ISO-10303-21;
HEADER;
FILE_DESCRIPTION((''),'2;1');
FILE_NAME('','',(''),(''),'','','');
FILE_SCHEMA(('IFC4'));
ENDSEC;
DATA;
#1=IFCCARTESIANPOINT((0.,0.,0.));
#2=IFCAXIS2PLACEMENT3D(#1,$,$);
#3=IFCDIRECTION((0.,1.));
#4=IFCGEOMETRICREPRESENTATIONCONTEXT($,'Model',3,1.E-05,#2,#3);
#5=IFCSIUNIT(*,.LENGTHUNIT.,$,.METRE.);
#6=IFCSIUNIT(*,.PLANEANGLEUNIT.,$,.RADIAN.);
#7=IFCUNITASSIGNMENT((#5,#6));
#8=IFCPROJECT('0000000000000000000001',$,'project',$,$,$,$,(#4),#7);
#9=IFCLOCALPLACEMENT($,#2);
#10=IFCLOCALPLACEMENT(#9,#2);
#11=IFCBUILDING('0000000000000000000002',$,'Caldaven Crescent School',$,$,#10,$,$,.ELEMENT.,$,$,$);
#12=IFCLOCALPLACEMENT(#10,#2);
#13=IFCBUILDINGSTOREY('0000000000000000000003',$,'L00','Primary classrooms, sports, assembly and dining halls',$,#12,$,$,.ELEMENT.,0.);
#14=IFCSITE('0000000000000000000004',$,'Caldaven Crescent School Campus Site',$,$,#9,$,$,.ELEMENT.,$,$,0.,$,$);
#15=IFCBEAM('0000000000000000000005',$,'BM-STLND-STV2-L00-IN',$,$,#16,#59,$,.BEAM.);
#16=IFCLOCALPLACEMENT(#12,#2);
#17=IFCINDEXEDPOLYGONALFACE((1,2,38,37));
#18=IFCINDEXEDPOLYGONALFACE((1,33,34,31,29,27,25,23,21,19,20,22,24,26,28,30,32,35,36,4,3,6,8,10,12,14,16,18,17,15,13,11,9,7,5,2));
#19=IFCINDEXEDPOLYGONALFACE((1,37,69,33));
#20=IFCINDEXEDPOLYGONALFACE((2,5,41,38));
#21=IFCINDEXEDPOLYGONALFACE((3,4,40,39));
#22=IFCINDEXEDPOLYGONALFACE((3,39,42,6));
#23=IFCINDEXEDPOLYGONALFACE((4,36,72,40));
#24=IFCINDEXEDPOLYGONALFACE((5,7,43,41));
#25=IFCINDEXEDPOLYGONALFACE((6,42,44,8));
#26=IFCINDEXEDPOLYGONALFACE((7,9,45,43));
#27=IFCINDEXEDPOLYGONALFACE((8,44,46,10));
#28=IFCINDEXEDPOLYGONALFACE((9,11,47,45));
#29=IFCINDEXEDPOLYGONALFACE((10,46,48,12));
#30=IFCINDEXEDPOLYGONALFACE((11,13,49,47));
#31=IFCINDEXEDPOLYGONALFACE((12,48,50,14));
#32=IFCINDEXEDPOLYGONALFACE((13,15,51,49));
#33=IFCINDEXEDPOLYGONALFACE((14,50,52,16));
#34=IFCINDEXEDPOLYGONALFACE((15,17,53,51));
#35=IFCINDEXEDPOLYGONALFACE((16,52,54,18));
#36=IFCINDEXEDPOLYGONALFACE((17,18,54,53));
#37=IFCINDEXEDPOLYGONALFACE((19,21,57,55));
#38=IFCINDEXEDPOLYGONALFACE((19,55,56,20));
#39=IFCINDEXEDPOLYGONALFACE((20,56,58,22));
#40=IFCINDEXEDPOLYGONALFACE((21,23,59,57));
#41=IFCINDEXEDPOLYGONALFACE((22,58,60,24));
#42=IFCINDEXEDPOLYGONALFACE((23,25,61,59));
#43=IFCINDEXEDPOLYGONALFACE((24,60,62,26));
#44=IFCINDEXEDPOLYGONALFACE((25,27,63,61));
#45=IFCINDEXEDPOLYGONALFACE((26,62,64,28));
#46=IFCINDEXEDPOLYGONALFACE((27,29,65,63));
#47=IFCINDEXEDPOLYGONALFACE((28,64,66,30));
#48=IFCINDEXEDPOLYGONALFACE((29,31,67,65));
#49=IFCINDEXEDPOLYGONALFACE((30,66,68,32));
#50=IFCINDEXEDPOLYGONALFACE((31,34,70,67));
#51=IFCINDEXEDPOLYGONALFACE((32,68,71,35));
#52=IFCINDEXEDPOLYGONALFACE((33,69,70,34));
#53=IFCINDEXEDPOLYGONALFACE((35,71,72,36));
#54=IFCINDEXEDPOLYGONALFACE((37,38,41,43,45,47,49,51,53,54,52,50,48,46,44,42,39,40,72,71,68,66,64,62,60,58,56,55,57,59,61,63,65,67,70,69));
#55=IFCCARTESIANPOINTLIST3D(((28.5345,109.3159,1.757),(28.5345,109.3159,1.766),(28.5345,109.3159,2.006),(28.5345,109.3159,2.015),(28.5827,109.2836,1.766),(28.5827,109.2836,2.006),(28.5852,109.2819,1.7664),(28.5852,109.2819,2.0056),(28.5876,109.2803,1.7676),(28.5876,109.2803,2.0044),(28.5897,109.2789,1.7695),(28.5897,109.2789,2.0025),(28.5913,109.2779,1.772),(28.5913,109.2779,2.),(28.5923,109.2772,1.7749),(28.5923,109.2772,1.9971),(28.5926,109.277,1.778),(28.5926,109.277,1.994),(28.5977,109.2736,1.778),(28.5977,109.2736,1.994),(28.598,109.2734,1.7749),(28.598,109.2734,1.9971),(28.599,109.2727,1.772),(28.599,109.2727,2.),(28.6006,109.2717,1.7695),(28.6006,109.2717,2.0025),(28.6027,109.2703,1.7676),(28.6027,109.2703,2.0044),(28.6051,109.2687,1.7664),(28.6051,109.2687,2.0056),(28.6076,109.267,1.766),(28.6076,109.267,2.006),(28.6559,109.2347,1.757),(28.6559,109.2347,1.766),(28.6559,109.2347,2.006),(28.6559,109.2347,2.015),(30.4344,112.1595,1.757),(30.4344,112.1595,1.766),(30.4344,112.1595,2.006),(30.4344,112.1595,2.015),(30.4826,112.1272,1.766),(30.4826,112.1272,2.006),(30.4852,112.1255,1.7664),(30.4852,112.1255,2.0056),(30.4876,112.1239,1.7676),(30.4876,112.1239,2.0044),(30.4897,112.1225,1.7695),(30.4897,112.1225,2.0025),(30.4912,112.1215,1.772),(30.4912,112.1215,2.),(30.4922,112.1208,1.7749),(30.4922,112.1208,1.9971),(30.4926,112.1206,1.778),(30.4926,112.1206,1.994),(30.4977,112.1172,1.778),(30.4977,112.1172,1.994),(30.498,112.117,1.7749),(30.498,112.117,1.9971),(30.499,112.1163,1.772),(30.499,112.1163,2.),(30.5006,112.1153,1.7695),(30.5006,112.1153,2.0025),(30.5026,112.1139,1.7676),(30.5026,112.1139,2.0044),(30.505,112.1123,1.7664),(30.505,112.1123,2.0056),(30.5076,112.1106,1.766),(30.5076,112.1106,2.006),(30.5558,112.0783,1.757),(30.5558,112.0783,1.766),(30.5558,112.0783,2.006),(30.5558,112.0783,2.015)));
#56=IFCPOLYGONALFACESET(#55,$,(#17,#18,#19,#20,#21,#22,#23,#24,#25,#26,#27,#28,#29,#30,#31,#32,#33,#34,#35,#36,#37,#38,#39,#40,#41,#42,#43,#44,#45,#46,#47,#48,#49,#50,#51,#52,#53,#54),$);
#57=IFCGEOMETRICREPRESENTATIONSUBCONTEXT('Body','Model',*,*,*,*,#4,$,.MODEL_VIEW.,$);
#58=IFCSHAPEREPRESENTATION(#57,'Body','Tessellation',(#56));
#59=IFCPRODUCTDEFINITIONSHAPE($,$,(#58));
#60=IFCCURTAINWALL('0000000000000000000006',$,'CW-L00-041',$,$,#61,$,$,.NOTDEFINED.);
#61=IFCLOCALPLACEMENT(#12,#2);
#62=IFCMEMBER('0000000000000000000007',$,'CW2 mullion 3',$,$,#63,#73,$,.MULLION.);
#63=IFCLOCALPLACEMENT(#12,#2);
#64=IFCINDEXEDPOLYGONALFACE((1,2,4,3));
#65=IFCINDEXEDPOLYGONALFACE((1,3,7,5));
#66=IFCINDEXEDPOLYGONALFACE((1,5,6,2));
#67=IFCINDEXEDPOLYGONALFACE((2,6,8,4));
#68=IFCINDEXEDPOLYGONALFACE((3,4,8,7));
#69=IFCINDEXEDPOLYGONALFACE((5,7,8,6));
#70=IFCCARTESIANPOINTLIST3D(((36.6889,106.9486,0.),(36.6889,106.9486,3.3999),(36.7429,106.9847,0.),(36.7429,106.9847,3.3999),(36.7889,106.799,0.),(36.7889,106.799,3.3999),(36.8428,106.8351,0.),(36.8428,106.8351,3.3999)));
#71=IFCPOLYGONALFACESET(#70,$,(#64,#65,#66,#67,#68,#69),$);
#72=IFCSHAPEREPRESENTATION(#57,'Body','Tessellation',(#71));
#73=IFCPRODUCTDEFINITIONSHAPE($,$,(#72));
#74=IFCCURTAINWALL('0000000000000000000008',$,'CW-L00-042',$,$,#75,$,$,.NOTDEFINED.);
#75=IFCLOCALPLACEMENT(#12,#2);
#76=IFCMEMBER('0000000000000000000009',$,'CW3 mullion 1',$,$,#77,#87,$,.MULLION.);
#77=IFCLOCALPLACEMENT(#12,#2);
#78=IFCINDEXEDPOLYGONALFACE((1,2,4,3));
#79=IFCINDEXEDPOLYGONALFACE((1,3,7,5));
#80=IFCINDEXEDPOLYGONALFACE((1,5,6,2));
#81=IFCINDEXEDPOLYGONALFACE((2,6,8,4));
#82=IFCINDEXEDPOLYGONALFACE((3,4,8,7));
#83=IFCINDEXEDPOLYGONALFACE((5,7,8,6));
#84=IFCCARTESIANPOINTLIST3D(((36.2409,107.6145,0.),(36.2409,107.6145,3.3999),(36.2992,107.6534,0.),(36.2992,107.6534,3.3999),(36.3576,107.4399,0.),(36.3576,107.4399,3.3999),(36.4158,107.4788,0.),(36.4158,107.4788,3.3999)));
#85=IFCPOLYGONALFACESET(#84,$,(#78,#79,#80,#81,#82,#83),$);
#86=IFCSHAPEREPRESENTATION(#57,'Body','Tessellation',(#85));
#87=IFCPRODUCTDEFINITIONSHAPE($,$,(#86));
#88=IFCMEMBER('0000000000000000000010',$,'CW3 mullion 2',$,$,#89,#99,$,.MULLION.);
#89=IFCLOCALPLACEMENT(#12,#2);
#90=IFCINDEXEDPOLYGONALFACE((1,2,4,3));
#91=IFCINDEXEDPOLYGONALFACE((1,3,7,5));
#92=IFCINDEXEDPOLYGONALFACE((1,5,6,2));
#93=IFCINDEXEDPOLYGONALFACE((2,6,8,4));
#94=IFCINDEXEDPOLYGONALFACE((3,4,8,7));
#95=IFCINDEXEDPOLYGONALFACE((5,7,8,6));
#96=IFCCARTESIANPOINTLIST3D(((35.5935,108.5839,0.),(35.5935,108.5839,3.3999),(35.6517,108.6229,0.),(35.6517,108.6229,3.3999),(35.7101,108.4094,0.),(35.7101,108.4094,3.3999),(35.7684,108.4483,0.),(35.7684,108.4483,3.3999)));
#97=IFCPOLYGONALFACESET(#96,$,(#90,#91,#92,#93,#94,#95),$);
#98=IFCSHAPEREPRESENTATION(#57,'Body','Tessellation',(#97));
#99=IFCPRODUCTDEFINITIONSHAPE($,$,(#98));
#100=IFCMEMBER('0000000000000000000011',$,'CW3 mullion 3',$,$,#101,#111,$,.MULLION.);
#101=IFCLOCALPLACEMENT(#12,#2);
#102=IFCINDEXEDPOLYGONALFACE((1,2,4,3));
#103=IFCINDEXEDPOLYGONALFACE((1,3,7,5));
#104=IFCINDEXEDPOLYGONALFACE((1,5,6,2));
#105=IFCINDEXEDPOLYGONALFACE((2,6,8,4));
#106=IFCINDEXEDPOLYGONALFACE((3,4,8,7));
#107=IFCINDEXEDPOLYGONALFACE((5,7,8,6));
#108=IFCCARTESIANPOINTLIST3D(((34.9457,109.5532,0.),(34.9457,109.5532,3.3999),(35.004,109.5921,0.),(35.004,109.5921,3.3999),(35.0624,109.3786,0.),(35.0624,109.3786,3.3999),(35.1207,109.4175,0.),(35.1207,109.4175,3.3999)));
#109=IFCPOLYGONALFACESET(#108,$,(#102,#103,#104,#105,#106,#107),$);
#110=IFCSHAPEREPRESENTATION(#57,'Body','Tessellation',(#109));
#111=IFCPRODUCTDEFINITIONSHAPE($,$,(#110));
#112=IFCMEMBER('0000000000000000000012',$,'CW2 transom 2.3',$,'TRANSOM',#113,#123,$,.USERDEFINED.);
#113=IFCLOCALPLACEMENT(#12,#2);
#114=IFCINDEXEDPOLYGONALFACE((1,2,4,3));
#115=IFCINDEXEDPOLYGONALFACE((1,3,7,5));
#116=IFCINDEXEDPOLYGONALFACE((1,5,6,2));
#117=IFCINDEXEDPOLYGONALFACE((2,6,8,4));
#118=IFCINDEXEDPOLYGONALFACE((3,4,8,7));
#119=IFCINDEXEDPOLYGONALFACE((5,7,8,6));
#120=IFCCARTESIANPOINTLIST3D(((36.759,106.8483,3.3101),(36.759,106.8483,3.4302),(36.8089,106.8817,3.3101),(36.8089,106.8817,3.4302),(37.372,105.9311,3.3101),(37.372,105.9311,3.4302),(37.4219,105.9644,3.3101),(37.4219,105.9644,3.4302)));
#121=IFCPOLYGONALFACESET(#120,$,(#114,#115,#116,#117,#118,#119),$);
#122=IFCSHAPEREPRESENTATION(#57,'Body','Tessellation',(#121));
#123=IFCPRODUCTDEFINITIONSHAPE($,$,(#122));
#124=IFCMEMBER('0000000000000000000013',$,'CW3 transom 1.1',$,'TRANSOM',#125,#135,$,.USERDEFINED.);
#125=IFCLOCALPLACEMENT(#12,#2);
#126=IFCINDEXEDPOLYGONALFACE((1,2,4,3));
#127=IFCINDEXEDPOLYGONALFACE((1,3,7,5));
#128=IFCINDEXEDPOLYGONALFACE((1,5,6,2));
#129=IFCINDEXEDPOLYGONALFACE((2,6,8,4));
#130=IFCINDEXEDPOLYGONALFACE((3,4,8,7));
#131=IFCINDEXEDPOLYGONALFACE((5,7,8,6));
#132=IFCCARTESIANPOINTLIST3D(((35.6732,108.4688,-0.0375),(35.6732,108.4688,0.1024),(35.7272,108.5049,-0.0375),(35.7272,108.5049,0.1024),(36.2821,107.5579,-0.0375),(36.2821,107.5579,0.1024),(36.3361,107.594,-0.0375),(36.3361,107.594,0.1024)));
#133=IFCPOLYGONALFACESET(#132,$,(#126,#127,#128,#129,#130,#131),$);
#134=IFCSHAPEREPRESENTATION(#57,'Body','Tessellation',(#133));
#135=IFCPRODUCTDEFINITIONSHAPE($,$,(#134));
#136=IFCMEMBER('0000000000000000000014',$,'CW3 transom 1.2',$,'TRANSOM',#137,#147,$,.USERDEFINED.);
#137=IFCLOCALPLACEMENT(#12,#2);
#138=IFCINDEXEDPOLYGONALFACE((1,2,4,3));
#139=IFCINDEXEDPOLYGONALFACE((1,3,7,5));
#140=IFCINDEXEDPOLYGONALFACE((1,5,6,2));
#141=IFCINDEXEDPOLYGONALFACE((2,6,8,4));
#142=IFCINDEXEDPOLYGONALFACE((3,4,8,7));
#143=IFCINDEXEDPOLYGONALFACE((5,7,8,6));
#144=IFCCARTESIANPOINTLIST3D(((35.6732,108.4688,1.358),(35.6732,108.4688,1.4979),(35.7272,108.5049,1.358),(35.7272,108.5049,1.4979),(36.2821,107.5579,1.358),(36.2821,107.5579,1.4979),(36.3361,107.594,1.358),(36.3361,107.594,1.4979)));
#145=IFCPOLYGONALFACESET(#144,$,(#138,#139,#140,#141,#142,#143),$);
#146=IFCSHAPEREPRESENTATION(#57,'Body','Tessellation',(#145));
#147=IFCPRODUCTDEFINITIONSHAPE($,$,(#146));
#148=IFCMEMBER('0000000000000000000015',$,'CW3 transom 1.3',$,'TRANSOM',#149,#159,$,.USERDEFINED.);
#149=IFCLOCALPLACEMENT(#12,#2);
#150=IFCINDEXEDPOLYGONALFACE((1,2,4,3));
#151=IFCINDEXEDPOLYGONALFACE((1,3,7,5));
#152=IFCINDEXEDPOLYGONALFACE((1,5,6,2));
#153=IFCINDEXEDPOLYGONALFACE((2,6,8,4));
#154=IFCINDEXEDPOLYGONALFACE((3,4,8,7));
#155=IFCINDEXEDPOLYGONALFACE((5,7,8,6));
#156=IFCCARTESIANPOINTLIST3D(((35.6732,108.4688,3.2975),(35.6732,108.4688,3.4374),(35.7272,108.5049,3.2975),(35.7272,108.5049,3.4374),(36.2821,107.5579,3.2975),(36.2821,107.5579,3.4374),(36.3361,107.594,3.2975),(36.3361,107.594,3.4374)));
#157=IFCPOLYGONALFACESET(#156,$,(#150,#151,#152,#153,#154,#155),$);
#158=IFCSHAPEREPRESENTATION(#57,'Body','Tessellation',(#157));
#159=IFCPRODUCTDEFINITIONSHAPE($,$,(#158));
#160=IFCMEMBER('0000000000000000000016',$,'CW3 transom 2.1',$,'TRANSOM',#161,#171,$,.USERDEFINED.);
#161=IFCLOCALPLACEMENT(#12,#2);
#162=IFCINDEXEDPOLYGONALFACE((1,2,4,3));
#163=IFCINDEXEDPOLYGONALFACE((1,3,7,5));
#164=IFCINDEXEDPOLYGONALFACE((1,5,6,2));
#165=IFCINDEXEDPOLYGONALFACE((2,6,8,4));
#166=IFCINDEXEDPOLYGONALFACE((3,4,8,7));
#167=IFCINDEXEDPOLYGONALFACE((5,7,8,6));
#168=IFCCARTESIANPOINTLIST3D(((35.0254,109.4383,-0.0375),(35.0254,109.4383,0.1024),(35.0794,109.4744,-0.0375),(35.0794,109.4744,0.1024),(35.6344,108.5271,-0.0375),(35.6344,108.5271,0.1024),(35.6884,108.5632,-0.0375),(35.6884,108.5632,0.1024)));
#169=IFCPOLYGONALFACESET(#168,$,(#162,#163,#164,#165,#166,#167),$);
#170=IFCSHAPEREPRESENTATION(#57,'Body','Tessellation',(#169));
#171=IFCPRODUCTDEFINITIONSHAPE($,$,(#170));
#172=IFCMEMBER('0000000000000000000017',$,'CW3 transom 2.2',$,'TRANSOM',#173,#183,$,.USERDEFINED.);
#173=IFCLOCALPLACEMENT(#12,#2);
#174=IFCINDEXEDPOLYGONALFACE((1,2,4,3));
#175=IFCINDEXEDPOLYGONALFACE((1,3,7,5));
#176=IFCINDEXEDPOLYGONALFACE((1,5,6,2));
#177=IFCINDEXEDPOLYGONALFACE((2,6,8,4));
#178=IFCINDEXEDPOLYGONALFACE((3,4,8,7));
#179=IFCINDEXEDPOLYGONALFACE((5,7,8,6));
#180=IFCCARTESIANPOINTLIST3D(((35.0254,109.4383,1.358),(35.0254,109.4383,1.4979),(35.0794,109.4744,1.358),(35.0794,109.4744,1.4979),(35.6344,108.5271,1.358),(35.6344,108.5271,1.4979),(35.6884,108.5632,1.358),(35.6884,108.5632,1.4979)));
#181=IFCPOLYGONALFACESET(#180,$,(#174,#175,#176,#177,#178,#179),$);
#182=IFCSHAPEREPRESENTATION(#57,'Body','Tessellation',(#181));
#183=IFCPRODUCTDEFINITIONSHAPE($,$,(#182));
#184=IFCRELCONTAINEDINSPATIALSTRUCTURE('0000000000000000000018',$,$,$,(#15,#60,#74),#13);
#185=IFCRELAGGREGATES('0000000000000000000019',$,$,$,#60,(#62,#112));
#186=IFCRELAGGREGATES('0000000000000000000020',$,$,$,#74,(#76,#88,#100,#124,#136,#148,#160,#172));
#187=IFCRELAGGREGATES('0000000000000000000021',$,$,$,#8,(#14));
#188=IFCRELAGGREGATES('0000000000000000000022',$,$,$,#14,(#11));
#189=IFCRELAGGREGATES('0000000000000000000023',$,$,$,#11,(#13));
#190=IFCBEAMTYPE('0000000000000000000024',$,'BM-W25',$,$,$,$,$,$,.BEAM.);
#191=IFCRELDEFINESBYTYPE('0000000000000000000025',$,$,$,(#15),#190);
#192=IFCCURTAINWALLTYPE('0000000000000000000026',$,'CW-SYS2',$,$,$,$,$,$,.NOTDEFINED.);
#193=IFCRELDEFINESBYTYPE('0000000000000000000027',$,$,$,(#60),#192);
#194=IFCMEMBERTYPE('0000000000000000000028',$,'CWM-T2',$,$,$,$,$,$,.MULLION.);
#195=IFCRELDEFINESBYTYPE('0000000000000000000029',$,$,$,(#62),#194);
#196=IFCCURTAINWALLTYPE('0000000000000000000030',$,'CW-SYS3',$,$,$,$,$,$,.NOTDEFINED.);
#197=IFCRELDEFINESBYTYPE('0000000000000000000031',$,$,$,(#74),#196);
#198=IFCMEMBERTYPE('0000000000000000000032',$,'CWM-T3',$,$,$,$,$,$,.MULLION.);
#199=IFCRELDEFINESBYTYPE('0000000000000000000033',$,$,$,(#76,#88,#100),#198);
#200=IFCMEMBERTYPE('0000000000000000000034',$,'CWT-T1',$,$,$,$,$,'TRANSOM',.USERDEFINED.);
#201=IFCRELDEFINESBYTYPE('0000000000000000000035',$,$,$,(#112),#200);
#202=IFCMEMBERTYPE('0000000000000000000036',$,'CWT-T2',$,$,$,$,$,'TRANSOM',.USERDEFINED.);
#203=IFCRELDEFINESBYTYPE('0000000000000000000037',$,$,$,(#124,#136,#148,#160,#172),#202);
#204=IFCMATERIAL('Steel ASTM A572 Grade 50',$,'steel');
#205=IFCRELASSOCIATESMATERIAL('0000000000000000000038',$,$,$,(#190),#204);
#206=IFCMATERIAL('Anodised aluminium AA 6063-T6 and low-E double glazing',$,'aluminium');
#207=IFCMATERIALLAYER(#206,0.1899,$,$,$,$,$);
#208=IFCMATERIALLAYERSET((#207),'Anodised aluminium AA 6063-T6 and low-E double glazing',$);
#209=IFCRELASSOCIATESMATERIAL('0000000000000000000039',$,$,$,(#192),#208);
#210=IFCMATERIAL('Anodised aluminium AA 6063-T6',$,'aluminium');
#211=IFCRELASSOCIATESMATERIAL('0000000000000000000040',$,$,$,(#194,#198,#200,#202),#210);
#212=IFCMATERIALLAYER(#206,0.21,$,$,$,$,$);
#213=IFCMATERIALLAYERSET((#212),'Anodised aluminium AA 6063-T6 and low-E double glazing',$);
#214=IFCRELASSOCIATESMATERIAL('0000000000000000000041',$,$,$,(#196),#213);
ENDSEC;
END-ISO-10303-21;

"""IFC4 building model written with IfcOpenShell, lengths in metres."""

from ifc_helpers import new_model, si_unit, direction, frame, origin, origin_2d, place, context, subcontext, project, spatial, rectangle, i_section, extrude, material, layer, layer_set, material_profile, profile_set, type_object, element, aggregate, save


model = new_model("IFC4")

# Units and contexts
model_context = context("Model", 3, precision=1e-05, world=origin(), true_north=direction((0.0, 1.0)))
body_context = subcontext(model_context, "Body", "Model", "MODEL_VIEW")
ifc_project = project(units=[si_unit("LENGTHUNIT", "METRE"), si_unit("PLANEANGLEUNIT", "RADIAN")], contexts=[model_context])

# Site, building, storey
site_placement = place(None, origin())
site = spatial("IfcSite", under=ifc_project, at=site_placement, Name="Caldaven Crescent School Campus Site", CompositionType="ELEMENT", RefElevation=0.0)
building_placement = place(site_placement, origin())
building = spatial("IfcBuilding", under=site, at=building_placement, Name="Caldaven Crescent School", CompositionType="ELEMENT")
storey_placement = place(building_placement, origin())
storey = spatial("IfcBuildingStorey", under=building, at=storey_placement, Name="L00", Description="Primary classrooms, sports, assembly and dining halls", CompositionType="ELEMENT", Elevation=0.0)

# Shared definitions
ifc_material_1 = material(Name="Steel ASTM A572 Grade 50", Category="steel")

# Beam
ifc_material_profile_1 = material_profile(ifc_material_1, i_section(OverallWidth=0.146, OverallDepth=0.2581, WebThickness=0.0061, FlangeThickness=0.009, FilletRadius=0.012, at=origin_2d()), Name="W250x33")
ifc_profile_set_1 = profile_set([ifc_material_profile_1], Name="Steel ASTM A572 Grade 50")
beam_type_1 = type_object("IfcBeamType", Name="BM-W25", PredefinedType="BEAM", material=ifc_profile_set_1)
beam_1_placement = place(storey_placement, frame((30.4951, 112.1189, 1.886), z_axis=(-0.555557, -0.831479, 0.0), x_axis=(0.831479, -0.555557, 0.0)))
element("IfcBeam", 1, at=beam_1_placement, inside=storey, type_object=beam_type_1, Name="BM-STLND-STV2-L00-IN", PredefinedType="BEAM", context=body_context, shape_type="SweptSolid", body=[
    extrude(i_section(OverallWidth=0.146, OverallDepth=0.2581, WebThickness=0.0061, FlangeThickness=0.009, FilletRadius=0.012, at=origin_2d()), origin(), (0.0, 0.0, 1.0), 3.4199),
])

# Curtain wall, member
ifc_material_2 = material(Name="Anodised aluminium AA 6063-T6 and low-E double glazing", Category="aluminium")
ifc_layer_1 = layer(ifc_material_2, 0.1899)
ifc_layer_set_1 = layer_set([ifc_layer_1], Name="Anodised aluminium AA 6063-T6 and low-E double glazing")
curtain_wall_type_1 = type_object("IfcCurtainWallType", Name="CW-SYS2", PredefinedType="NOTDEFINED", material=ifc_layer_set_1)
curtain_wall_1_placement = place(storey_placement, origin())
curtain_wall_1 = element("IfcCurtainWall", 2, at=curtain_wall_1_placement, inside=storey, type_object=curtain_wall_type_1, Name="CW-L00-041", PredefinedType="NOTDEFINED")
ifc_material_3 = material(Name="Anodised aluminium AA 6063-T6", Category="aluminium")
ifc_material_profile_2 = material_profile(ifc_material_3, rectangle(XDim=0.0649, YDim=0.1799, at=origin_2d()), Name="CWM 65x180")
ifc_profile_set_2 = profile_set([ifc_material_profile_2], Name="Anodised aluminium AA 6063-T6")
member_type_1 = type_object("IfcMemberType", Name="CWM-T2", PredefinedType="MULLION", material=ifc_profile_set_2)
member_1_placement = place(storey_placement, frame((36.7659, 106.8918, 0.0), z_axis=(0.0, 0.0, 1.0), x_axis=(-0.83147, -0.55557, 0.0)))
member_1 = element("IfcMember", 3, at=member_1_placement, type_object=member_type_1, Name="CW2 mullion 3", PredefinedType="MULLION", context=body_context, shape_type="SweptSolid", body=[
    extrude(rectangle(XDim=0.0649, YDim=0.1799, at=origin_2d()), origin(), (0.0, 0.0, 1.0), 3.3999),
])

# Curtain wall, members
ifc_layer_2 = layer(ifc_material_2, 0.21)
ifc_layer_set_2 = layer_set([ifc_layer_2], Name="Anodised aluminium AA 6063-T6 and low-E double glazing")
curtain_wall_type_2 = type_object("IfcCurtainWallType", Name="CW-SYS3", PredefinedType="NOTDEFINED", material=ifc_layer_set_2)
curtain_wall_2_placement = place(storey_placement, origin())
curtain_wall_2 = element("IfcCurtainWall", 4, at=curtain_wall_2_placement, inside=storey, type_object=curtain_wall_type_2, Name="CW-L00-042", PredefinedType="NOTDEFINED")
ifc_material_profile_3 = material_profile(ifc_material_3, rectangle(XDim=0.0701, YDim=0.21, at=origin_2d()), Name="CWM 70x210")
ifc_profile_set_3 = profile_set([ifc_material_profile_3], Name="Anodised aluminium AA 6063-T6")
member_type_2 = type_object("IfcMemberType", Name="CWM-T3", PredefinedType="MULLION", material=ifc_profile_set_3)
member_2_placement = place(storey_placement, frame((36.3284, 107.5466, 0.0), z_axis=(0.0, 0.0, 1.0), x_axis=(-0.831468, -0.555572, 0.0)))
member_2 = element("IfcMember", 5, at=member_2_placement, type_object=member_type_2, Name="CW3 mullion 1", PredefinedType="MULLION", context=body_context, shape_type="SweptSolid", body=[
    extrude(rectangle(XDim=0.0701, YDim=0.21, at=origin_2d()), origin(), (0.0, 0.0, 1.0), 3.3999),
])
member_3_placement = place(storey_placement, frame((35.6809, 108.5161, 0.0), z_axis=(0.0, 0.0, 1.0), x_axis=(-0.831468, -0.555572, 0.0)))
member_3 = element("IfcMember", 6, at=member_3_placement, type_object=member_type_2, Name="CW3 mullion 2", PredefinedType="MULLION", context=body_context, shape_type="SweptSolid", body=[
    extrude(rectangle(XDim=0.0701, YDim=0.21, at=origin_2d()), origin(), (0.0, 0.0, 1.0), 3.3999),
])
member_4_placement = place(storey_placement, frame((35.0332, 109.4854, 0.0), z_axis=(0.0, 0.0, 1.0), x_axis=(-0.831468, -0.555572, 0.0)))
member_4 = element("IfcMember", 7, at=member_4_placement, type_object=member_type_2, Name="CW3 mullion 3", PredefinedType="MULLION", context=body_context, shape_type="SweptSolid", body=[
    extrude(rectangle(XDim=0.0701, YDim=0.21, at=origin_2d()), origin(), (0.0, 0.0, 1.0), 3.3999),
])

# Members
ifc_material_profile_4 = material_profile(ifc_material_3, rectangle(XDim=0.0601, YDim=0.1201, at=origin_2d()), Name="CWT 60x120")
ifc_profile_set_4 = profile_set([ifc_material_profile_4], Name="Anodised aluminium AA 6063-T6")
member_type_3 = type_object("IfcMemberType", Name="CWT-T1", ElementType="TRANSOM", PredefinedType="USERDEFINED", material=ifc_profile_set_4)
member_5_placement = place(storey_placement, frame((37.397, 105.9478, 3.3701), z_axis=(-0.55567, 0.831403, 0.0), x_axis=(-0.831403, -0.55567, 0.0)))
member_5 = element("IfcMember", 8, at=member_5_placement, type_object=member_type_3, Name="CW2 transom 2.3", ObjectType="TRANSOM", PredefinedType="USERDEFINED", context=body_context, shape_type="SweptSolid", body=[
    extrude(rectangle(XDim=0.0601, YDim=0.1201, at=origin_2d()), origin(), (0.0, 0.0, 1.0), 1.1033),
])
ifc_material_profile_5 = material_profile(ifc_material_3, rectangle(XDim=0.0649, YDim=0.1399, at=origin_2d()), Name="CWT 65x140")
ifc_profile_set_5 = profile_set([ifc_material_profile_5], Name="Anodised aluminium AA 6063-T6")
member_type_4 = type_object("IfcMemberType", Name="CWT-T2", ElementType="TRANSOM", PredefinedType="USERDEFINED", material=ifc_profile_set_5)
member_6_placement = place(storey_placement, frame((36.3091, 107.5759, 0.0325), z_axis=(-0.555728, 0.831364, 0.0), x_axis=(-0.831364, -0.555728, 0.0)))
member_6 = element("IfcMember", 9, at=member_6_placement, type_object=member_type_4, Name="CW3 transom 1.1", ObjectType="TRANSOM", PredefinedType="USERDEFINED", context=body_context, shape_type="SweptSolid", body=[
    extrude(rectangle(XDim=0.0649, YDim=0.1399, at=origin_2d()), origin(), (0.0, 0.0, 1.0), 1.0957),
])
member_7_placement = place(storey_placement, frame((36.3091, 107.5759, 1.428), z_axis=(-0.555728, 0.831364, 0.0), x_axis=(-0.831364, -0.555728, 0.0)))
member_7 = element("IfcMember", 10, at=member_7_placement, type_object=member_type_4, Name="CW3 transom 1.2", ObjectType="TRANSOM", PredefinedType="USERDEFINED", context=body_context, shape_type="SweptSolid", body=[
    extrude(rectangle(XDim=0.0649, YDim=0.1399, at=origin_2d()), origin(), (0.0, 0.0, 1.0), 1.0957),
])
member_8_placement = place(storey_placement, frame((36.3091, 107.5759, 3.3674), z_axis=(-0.555728, 0.831364, 0.0), x_axis=(-0.831364, -0.555728, 0.0)))
member_8 = element("IfcMember", 11, at=member_8_placement, type_object=member_type_4, Name="CW3 transom 1.3", ObjectType="TRANSOM", PredefinedType="USERDEFINED", context=body_context, shape_type="SweptSolid", body=[
    extrude(rectangle(XDim=0.0649, YDim=0.1399, at=origin_2d()), origin(), (0.0, 0.0, 1.0), 1.0957),
])
member_9_placement = place(storey_placement, frame((35.6614, 108.5452, 0.0325), z_axis=(-0.555625, 0.831433, 0.0), x_axis=(-0.831433, -0.555625, 0.0)))
member_9 = element("IfcMember", 12, at=member_9_placement, type_object=member_type_4, Name="CW3 transom 2.1", ObjectType="TRANSOM", PredefinedType="USERDEFINED", context=body_context, shape_type="SweptSolid", body=[
    extrude(rectangle(XDim=0.0649, YDim=0.1399, at=origin_2d()), origin(), (0.0, 0.0, 1.0), 1.0959),
])
member_10_placement = place(storey_placement, frame((35.6614, 108.5452, 1.428), z_axis=(-0.555625, 0.831433, 0.0), x_axis=(-0.831433, -0.555625, 0.0)))
member_10 = element("IfcMember", 13, at=member_10_placement, type_object=member_type_4, Name="CW3 transom 2.2", ObjectType="TRANSOM", PredefinedType="USERDEFINED", context=body_context, shape_type="SweptSolid", body=[
    extrude(rectangle(XDim=0.0649, YDim=0.1399, at=origin_2d()), origin(), (0.0, 0.0, 1.0), 1.0959),
])

aggregate(curtain_wall_1, [member_1, member_5])
aggregate(curtain_wall_2, [member_2, member_3, member_4, member_6, member_7, member_8, member_9, member_10])

save(model, "model.ifc")
